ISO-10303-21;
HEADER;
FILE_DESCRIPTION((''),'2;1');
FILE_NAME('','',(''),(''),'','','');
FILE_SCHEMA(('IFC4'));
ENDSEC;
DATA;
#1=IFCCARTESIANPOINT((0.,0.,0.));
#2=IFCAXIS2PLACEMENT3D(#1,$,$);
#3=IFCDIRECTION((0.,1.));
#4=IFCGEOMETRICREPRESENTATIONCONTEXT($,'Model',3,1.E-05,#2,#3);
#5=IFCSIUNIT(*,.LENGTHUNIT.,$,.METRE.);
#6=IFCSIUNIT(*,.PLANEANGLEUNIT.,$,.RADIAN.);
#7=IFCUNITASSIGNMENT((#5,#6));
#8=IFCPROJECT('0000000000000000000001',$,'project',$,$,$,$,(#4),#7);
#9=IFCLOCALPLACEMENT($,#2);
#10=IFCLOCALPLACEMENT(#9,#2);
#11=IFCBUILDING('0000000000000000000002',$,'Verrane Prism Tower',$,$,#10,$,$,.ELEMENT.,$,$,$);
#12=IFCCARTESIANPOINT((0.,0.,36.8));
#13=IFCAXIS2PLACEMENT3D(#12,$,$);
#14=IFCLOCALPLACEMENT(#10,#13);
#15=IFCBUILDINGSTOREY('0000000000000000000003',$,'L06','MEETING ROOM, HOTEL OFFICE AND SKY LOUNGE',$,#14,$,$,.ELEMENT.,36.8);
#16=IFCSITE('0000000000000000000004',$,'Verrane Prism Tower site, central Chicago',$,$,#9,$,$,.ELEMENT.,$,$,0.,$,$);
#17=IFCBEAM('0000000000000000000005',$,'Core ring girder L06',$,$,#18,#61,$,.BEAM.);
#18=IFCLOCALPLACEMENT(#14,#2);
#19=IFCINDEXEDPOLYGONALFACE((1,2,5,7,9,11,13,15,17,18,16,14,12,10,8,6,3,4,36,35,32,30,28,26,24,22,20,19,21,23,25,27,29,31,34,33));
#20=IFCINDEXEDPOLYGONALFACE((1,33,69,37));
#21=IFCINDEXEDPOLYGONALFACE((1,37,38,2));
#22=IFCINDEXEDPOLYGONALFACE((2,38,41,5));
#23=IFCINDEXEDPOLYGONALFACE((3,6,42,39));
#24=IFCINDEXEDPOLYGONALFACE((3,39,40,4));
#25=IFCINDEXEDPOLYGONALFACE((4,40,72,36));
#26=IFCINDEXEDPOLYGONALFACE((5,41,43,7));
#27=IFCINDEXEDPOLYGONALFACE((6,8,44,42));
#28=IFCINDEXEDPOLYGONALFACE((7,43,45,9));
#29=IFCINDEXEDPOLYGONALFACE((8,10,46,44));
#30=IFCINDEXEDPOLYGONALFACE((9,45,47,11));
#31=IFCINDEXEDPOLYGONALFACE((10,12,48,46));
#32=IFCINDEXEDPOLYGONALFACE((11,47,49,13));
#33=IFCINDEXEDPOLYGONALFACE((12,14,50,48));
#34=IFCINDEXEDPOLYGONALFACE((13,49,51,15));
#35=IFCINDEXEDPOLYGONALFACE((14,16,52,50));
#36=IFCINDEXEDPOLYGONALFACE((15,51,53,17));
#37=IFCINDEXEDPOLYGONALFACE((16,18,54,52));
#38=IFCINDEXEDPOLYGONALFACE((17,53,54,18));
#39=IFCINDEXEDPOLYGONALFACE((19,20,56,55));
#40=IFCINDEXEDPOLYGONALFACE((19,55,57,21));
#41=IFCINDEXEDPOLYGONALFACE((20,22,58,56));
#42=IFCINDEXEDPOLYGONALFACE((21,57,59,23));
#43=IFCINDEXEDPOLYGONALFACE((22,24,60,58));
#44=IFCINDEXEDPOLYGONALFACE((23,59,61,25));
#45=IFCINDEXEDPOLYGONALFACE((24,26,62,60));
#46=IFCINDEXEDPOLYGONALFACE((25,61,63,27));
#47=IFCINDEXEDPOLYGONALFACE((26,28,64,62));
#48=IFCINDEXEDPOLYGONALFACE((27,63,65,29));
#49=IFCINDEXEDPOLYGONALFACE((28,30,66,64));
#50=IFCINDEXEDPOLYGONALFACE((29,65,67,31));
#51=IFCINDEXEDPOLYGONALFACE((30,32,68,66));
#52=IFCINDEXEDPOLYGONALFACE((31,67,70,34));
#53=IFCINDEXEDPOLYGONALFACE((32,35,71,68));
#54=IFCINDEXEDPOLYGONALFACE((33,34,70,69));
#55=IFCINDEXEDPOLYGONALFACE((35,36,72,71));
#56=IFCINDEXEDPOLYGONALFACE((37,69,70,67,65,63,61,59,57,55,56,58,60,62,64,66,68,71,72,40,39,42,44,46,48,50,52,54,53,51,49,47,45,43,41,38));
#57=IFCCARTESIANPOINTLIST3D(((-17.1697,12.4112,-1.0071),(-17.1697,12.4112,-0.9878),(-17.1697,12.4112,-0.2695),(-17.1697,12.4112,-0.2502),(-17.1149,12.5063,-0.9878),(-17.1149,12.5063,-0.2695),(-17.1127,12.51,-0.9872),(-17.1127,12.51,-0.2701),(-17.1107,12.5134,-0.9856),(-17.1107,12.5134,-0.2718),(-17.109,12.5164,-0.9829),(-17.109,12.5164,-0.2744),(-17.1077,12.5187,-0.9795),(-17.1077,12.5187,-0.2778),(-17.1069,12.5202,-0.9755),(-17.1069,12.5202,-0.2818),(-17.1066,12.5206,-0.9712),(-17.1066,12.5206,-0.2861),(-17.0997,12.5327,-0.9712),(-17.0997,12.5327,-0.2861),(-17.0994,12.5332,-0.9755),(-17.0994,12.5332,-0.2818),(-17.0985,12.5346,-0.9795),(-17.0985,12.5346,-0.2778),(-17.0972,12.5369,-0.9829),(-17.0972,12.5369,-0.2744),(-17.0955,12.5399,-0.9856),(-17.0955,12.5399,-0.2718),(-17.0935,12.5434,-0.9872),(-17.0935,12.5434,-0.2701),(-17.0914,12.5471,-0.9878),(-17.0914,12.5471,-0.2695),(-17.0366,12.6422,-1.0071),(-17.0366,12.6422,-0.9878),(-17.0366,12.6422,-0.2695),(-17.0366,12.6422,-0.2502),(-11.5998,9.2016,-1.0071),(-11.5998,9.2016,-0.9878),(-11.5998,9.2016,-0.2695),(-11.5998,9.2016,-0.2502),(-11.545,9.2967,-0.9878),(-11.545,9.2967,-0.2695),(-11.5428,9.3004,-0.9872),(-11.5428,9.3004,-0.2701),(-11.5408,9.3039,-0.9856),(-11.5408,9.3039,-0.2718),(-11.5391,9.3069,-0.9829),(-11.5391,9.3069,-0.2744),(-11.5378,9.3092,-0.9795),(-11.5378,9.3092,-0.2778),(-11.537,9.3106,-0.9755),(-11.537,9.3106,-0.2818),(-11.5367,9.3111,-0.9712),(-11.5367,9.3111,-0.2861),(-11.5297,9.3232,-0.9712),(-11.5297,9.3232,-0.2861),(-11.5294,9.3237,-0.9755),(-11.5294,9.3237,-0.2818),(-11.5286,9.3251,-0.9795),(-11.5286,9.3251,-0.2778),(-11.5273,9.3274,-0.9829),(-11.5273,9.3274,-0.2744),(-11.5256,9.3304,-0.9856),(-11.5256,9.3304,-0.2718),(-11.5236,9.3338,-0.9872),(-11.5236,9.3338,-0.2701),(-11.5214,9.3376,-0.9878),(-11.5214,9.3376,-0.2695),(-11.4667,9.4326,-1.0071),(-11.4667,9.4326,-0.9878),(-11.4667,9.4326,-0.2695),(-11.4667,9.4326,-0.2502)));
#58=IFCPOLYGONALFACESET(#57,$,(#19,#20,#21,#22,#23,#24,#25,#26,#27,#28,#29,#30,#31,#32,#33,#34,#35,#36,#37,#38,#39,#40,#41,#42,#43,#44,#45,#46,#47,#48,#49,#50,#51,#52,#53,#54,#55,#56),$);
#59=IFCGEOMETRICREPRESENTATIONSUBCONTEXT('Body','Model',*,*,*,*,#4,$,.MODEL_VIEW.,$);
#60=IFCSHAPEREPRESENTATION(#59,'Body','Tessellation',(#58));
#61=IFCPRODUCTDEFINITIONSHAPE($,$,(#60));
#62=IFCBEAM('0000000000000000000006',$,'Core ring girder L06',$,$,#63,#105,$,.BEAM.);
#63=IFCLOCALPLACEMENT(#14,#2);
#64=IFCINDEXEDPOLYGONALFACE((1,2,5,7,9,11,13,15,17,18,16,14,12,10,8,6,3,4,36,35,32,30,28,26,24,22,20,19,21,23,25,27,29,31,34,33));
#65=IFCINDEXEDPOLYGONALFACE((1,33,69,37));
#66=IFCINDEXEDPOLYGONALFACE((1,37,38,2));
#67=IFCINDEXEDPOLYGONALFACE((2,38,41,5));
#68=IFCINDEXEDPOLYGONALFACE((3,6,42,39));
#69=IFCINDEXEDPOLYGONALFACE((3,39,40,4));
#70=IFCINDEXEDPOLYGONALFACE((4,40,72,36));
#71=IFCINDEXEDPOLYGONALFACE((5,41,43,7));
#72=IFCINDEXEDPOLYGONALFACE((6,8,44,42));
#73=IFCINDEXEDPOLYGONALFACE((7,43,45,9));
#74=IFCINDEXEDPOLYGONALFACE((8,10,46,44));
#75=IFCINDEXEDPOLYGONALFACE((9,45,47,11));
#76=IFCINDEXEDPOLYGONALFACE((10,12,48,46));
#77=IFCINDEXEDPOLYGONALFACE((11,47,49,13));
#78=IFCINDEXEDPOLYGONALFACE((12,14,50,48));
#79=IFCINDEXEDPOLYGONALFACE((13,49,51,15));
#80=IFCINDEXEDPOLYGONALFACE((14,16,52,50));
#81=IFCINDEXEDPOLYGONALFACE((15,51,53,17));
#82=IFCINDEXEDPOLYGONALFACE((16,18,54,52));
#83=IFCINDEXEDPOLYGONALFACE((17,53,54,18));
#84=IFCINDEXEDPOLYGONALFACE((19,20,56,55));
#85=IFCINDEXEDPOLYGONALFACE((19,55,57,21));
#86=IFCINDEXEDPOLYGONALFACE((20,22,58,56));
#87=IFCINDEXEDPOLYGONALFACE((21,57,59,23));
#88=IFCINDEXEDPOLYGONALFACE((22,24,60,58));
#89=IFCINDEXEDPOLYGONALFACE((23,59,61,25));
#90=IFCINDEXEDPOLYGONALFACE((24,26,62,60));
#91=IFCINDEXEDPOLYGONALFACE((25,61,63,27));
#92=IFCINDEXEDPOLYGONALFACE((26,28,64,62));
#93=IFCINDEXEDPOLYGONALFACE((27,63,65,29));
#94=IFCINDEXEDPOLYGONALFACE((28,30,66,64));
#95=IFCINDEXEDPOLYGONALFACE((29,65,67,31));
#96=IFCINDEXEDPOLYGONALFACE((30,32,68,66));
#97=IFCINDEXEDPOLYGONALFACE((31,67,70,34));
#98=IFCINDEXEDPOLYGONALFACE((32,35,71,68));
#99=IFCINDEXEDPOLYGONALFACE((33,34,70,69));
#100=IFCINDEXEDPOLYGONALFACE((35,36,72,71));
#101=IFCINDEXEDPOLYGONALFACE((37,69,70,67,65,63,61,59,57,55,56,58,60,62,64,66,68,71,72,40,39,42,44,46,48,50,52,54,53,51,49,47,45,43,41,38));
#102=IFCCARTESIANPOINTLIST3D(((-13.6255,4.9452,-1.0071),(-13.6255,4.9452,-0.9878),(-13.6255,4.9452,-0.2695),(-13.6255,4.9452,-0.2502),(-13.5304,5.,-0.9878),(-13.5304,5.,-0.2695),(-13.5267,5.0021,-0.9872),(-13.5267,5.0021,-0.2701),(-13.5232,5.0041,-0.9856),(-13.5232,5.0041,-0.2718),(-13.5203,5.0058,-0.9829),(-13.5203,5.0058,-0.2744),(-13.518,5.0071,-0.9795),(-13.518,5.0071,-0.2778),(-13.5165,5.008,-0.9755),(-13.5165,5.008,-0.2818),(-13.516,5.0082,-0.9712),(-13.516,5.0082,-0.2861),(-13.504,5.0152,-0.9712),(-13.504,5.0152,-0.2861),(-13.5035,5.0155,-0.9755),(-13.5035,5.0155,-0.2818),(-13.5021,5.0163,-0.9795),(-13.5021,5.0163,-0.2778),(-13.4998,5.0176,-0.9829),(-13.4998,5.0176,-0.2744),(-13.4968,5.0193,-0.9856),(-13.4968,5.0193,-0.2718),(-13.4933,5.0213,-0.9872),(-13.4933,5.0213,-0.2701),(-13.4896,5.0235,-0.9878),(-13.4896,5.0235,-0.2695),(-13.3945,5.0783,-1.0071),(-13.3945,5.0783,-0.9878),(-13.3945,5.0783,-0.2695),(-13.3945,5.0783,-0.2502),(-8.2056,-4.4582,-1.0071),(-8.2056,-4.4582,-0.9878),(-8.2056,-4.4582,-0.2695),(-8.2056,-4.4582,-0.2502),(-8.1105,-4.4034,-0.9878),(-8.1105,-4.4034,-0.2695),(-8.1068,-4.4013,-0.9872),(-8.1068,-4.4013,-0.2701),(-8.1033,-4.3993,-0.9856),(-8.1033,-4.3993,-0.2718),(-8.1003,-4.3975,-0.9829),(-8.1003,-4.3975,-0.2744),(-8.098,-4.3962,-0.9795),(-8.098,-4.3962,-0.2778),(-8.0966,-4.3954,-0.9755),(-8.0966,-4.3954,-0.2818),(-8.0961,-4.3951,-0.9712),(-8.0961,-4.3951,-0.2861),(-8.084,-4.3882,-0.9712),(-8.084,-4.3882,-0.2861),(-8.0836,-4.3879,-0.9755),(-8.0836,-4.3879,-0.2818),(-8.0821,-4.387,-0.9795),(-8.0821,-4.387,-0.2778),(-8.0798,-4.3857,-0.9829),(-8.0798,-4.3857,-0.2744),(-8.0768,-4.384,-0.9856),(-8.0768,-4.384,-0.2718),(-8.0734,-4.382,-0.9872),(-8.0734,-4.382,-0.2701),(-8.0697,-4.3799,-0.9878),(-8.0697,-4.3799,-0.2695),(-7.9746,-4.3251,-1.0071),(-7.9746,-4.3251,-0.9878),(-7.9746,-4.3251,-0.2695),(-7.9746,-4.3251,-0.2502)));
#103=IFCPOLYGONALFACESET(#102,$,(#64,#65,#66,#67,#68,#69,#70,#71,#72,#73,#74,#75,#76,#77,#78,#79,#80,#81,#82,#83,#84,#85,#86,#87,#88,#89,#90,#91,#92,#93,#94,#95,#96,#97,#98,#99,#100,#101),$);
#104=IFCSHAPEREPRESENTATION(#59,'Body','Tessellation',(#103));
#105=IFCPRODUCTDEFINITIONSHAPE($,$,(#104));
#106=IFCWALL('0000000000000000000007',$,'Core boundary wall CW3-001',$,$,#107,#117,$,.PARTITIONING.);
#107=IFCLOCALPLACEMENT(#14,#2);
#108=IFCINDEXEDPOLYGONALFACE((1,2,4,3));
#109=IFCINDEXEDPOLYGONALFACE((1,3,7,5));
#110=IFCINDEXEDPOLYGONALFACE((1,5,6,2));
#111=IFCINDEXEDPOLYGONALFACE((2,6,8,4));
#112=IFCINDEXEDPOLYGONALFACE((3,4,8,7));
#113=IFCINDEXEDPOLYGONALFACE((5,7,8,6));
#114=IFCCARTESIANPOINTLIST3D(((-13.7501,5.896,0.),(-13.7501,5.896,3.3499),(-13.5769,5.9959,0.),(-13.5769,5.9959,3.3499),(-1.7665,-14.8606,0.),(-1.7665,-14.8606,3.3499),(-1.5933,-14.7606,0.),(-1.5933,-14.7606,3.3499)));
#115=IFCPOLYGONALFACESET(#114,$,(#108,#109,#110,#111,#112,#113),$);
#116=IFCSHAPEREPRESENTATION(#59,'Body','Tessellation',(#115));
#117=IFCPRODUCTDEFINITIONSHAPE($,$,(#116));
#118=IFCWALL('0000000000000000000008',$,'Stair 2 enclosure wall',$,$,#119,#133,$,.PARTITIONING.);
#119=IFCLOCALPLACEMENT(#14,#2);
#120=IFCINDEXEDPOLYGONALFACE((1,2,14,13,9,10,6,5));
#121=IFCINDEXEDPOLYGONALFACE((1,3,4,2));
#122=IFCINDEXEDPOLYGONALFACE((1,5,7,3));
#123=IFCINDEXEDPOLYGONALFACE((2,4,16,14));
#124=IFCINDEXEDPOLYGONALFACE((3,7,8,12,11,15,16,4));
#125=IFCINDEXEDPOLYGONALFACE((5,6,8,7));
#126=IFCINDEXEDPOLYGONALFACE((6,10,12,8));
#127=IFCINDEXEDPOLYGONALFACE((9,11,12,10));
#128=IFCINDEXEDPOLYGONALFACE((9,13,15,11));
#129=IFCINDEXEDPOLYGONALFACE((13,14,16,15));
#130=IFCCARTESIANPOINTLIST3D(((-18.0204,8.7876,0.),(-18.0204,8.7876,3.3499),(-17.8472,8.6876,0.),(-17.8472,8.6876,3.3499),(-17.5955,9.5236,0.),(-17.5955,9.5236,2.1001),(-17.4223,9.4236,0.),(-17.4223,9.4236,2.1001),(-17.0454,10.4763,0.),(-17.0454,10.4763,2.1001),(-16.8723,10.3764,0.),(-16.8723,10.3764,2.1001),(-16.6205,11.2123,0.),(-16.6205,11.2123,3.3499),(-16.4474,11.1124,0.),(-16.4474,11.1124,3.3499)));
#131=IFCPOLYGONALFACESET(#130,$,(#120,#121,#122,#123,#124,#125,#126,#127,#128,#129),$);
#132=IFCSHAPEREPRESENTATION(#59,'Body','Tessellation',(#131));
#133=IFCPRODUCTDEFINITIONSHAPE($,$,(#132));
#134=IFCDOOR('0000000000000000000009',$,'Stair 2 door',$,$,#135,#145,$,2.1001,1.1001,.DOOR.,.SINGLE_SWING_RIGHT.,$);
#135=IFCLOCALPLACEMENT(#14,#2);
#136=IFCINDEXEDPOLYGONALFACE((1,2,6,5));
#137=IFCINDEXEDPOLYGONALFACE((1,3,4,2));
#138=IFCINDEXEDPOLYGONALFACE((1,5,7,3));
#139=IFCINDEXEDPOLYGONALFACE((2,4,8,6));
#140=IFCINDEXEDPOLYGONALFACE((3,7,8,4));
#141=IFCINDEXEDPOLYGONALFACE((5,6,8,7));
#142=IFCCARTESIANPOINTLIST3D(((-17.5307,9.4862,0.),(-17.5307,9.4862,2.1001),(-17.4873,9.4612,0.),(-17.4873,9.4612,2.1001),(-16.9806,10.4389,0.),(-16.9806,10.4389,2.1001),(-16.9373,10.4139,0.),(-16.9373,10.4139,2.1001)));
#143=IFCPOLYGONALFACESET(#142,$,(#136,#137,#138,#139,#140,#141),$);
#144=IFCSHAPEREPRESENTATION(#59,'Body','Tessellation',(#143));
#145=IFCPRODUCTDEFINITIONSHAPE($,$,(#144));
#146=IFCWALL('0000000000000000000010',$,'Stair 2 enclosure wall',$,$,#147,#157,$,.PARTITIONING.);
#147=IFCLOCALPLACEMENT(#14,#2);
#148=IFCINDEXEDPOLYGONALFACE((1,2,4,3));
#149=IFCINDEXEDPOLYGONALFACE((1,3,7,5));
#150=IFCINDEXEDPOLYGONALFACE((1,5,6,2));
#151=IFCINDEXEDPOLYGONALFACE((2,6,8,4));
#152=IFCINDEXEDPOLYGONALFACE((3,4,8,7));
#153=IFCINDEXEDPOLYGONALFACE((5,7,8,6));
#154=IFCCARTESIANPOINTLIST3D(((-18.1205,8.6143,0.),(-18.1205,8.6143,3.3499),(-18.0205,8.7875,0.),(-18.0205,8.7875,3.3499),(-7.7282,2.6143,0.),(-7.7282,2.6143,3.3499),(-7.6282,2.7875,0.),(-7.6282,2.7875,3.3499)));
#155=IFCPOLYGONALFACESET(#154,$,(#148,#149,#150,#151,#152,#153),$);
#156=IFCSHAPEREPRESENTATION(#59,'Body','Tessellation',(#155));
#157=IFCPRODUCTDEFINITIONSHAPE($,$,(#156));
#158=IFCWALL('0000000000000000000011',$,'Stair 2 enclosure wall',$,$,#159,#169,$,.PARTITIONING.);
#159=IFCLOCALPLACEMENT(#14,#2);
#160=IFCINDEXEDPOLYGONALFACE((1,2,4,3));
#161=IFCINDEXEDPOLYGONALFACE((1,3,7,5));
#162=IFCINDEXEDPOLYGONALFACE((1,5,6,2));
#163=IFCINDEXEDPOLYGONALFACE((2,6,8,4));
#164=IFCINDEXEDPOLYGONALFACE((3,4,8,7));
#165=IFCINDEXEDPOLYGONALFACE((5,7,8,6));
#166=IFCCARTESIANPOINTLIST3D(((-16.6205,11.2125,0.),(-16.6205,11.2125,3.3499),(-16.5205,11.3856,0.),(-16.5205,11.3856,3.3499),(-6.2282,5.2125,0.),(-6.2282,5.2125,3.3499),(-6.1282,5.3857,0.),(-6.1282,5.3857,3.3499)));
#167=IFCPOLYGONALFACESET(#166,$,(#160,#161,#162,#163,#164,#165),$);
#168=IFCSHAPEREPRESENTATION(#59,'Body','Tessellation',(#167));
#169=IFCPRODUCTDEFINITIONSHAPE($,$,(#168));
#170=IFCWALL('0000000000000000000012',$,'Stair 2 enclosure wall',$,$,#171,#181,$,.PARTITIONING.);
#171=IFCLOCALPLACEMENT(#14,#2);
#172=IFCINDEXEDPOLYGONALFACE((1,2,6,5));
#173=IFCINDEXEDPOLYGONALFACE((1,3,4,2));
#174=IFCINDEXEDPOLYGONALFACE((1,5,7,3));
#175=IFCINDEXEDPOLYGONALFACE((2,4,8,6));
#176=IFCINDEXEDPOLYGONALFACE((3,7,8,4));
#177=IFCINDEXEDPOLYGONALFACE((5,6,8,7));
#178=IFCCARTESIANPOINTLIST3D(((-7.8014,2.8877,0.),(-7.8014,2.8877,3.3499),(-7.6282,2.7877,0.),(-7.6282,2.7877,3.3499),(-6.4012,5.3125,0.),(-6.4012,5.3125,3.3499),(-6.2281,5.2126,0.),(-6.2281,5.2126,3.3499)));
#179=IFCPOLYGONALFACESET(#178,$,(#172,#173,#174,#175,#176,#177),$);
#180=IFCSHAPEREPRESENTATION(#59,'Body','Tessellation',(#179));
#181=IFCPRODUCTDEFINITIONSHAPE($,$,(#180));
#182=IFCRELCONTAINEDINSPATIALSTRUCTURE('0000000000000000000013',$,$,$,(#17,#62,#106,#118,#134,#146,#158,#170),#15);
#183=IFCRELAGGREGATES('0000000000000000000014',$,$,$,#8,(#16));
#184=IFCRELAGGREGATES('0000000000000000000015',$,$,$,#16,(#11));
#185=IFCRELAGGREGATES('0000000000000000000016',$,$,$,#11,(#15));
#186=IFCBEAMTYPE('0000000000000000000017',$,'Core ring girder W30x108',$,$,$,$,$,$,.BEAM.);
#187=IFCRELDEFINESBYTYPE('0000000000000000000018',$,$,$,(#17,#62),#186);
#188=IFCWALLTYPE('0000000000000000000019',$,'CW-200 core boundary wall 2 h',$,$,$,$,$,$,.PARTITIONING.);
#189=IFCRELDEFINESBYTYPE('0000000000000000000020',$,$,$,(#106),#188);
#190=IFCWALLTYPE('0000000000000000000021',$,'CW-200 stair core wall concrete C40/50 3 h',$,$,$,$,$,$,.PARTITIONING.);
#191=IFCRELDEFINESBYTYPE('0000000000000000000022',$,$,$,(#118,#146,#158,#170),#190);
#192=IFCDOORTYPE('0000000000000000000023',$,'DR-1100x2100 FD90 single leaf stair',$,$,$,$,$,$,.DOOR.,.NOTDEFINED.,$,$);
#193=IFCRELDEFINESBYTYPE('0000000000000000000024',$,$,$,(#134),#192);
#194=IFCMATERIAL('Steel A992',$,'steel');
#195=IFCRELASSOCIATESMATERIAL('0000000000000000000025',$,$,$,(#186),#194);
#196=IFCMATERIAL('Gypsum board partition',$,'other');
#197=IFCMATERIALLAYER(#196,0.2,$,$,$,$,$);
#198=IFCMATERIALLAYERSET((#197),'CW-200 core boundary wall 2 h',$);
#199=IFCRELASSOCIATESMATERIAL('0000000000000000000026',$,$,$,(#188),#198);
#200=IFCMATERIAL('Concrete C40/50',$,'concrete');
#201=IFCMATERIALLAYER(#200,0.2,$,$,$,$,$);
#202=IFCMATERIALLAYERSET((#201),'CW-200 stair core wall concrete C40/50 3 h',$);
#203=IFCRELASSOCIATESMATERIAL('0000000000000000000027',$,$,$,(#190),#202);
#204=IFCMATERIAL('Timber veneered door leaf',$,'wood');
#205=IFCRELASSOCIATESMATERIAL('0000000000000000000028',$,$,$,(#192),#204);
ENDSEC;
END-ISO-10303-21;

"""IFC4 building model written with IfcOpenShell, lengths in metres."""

from ifc_helpers import new_model, si_unit, direction, frame, frame_2d, origin, origin_2d, place, context, subcontext, project, spatial, rectangle, i_section, extrude, material, layer, layer_set, material_profile, profile_set, type_object, element, fill, save


model = new_model("IFC4")

# Units and contexts
model_context = context("Model", 3, precision=1e-05, world=origin(), true_north=direction((0.0, 1.0)))
body_context = subcontext(model_context, "Body", "Model", "MODEL_VIEW")
ifc_project = project(units=[si_unit("LENGTHUNIT", "METRE"), si_unit("PLANEANGLEUNIT", "RADIAN")], contexts=[model_context])

# Site, building, storey
site_placement = place(None, origin())
site = spatial("IfcSite", under=ifc_project, at=site_placement, Name="Verrane Prism Tower site, central Chicago", CompositionType="ELEMENT", RefElevation=0.0)
building_placement = place(site_placement, origin())
building = spatial("IfcBuilding", under=site, at=building_placement, Name="Verrane Prism Tower", CompositionType="ELEMENT")
storey_placement = place(building_placement, frame((0.0, 0.0, 36.8)))
storey = spatial("IfcBuildingStorey", under=building, at=storey_placement, Name="L06", Description="MEETING ROOM, HOTEL OFFICE AND SKY LOUNGE", CompositionType="ELEMENT", Elevation=36.8)

# Beams
ifc_material_1 = material(Name="Steel A992", Category="steel")
ifc_material_profile_1 = material_profile(ifc_material_1, i_section(OverallWidth=0.2666, OverallDepth=0.7568, WebThickness=0.0139, FlangeThickness=0.0193, FilletRadius=0.0166, at=origin_2d()), Name="W30x108")
ifc_profile_set_1 = profile_set([ifc_material_profile_1], Name="Steel A992")
beam_type = type_object("IfcBeamType", Name="Core ring girder W30x108", PredefinedType="BEAM", material=ifc_profile_set_1)
beam_1_placement = place(storey_placement, frame((-11.5332, 9.3171, -0.6287), z_axis=(-0.866447, 0.499269, 0.0), x_axis=(-0.499269, -0.866447, 0.0)))
element("IfcBeam", 1, at=beam_1_placement, inside=storey, type_object=beam_type, Name="Core ring girder L06", PredefinedType="BEAM", context=body_context, shape_type="SweptSolid", body=[
    extrude(i_section(OverallWidth=0.2666, OverallDepth=0.7568, WebThickness=0.0139, FlangeThickness=0.0193, FilletRadius=0.0166, at=origin_2d()), origin(), (0.0, 0.0, 1.0), 6.4285),
])
beam_2_placement = place(storey_placement, frame((-13.51, 5.0117, -0.6287), z_axis=(0.499372, -0.866388, 0.0), x_axis=(0.866388, 0.499372, 0.0)))
element("IfcBeam", 2, at=beam_2_placement, inside=storey, type_object=beam_type, Name="Core ring girder L06", PredefinedType="BEAM", context=body_context, shape_type="SweptSolid", body=[
    extrude(i_section(OverallWidth=0.2666, OverallDepth=0.7568, WebThickness=0.0139, FlangeThickness=0.0193, FilletRadius=0.0166, at=origin_2d()), origin(), (0.0, 0.0, 1.0), 10.8535),
])

# Wall
ifc_material_2 = material(Name="Gypsum board partition", Category="other")
ifc_layer_1 = layer(ifc_material_2, 0.2)
ifc_layer_set_1 = layer_set([ifc_layer_1], Name="CW-200 core boundary wall 2 h")
wall_type_1 = type_object("IfcWallType", Name="CW-200 core boundary wall 2 h", PredefinedType="PARTITIONING", material=ifc_layer_set_1)
wall_1_placement = place(storey_placement, frame((-13.6636, 5.946, 0.0), z_axis=(0.0, 0.0, 1.0), x_axis=(0.499994, -0.866029, 0.0)))
element("IfcWall", 3, at=wall_1_placement, inside=storey, type_object=wall_type_1, Name="Core boundary wall CW3-001", PredefinedType="PARTITIONING", context=body_context, shape_type="SweptSolid", body=[
    extrude(rectangle(XDim=23.9675, YDim=0.2, at=frame_2d((11.9839, 0.0))), origin(), (0.0, 0.0, 1.0), 3.3499),
])

# Wall, opening, door
ifc_material_3 = material(Name="Concrete C40/50", Category="concrete")
ifc_layer_2 = layer(ifc_material_3, 0.2)
ifc_layer_set_2 = layer_set([ifc_layer_2], Name="CW-200 stair core wall concrete C40/50 3 h")
wall_type_2 = type_object("IfcWallType", Name="CW-200 stair core wall concrete C40/50 3 h", PredefinedType="PARTITIONING", material=ifc_layer_set_2)
wall_2_placement = place(storey_placement, frame((-16.5339, 11.1624, 0.0), z_axis=(0.0, 0.0, 1.0), x_axis=(-0.499984, -0.866035, 0.0)))
wall_2 = element("IfcWall", 4, at=wall_2_placement, inside=storey, type_object=wall_type_2, Name="Stair 2 enclosure wall", PredefinedType="PARTITIONING", context=body_context, shape_type="SweptSolid", body=[
    extrude(rectangle(XDim=2.7998, YDim=0.2, at=frame_2d((1.3999, 0.0))), origin(), (0.0, 0.0, 1.0), 3.3499),
])
opening_1_placement = place(wall_2_placement, frame((0.8499, 0.0, 0.0)))
opening_1 = element("IfcOpeningElement", 5, at=opening_1_placement, cuts=wall_2, PredefinedType="OPENING", context=body_context, shape_type="SweptSolid", body=[
    extrude(rectangle(XDim=1.1001, YDim=2.1001, at=frame_2d((0.55, 1.05))), frame((0.0, 0.1099, 0.0), z_axis=(0.0, -1.0, 0.0), x_axis=(1.0, 0.0, 0.0)), (0.0, 0.0, 1.0), 0.22),
])
ifc_material_4 = material(Name="Timber veneered door leaf", Category="wood")
door_type_1 = type_object("IfcDoorType", Name="DR-1100x2100 FD90 single leaf stair", OperationType="NOTDEFINED", PredefinedType="DOOR", material=ifc_material_4)
door_1_placement = place(opening_1_placement, origin())
door_1 = element("IfcDoor", 6, at=door_1_placement, inside=storey, type_object=door_type_1, Name="Stair 2 door", OperationType="SINGLE_SWING_RIGHT", OverallHeight=2.1001, OverallWidth=1.1001, PredefinedType="DOOR", context=body_context, shape_type="SweptSolid", body=[
    extrude(rectangle(XDim=1.1001, YDim=2.1001, at=frame_2d((0.55, 1.05))), frame((0.0, 0.0249, 0.0), z_axis=(0.0, -1.0, 0.0), x_axis=(1.0, 0.0, 0.0)), (0.0, 0.0, 1.0), 0.05),
])
fill(opening_1, door_1)

# Walls
for number, where, z_axis, x_axis, name in (
    (7, (-7.6782, 2.7009, 0.0), (0.0, 0.0, 1.0), (-0.866026, 0.499999, 0.0), "Stair 2 enclosure wall"),
    (8, (-6.1782, 5.2991, 0.0), (0.0, 0.0, 1.0), (-0.866026, 0.499999, 0.0), "Stair 2 enclosure wall"),
):
    element("IfcWall", number, at=place(storey_placement, frame(where, z_axis=z_axis, x_axis=x_axis)), inside=storey, type_object=wall_type_2, Name=name, PredefinedType="PARTITIONING", context=body_context, shape_type="SweptSolid", body=[
        extrude(rectangle(XDim=12.0, YDim=0.2, at=frame_2d((6.0, 0.0))), origin(), (0.0, 0.0, 1.0), 3.3499),
    ])
wall_3_placement = place(storey_placement, frame((-6.3147, 5.2625, 0.0), z_axis=(0.0, 0.0, 1.0), x_axis=(-0.50005, -0.865997, 0.0)))
element("IfcWall", 9, at=wall_3_placement, inside=storey, type_object=wall_type_2, Name="Stair 2 enclosure wall", PredefinedType="PARTITIONING", context=body_context, shape_type="SweptSolid", body=[
    extrude(rectangle(XDim=2.8, YDim=0.2, at=frame_2d((1.3999, 0.0))), origin(), (0.0, 0.0, 1.0), 3.3499),
])

save(model, "model.ifc")
